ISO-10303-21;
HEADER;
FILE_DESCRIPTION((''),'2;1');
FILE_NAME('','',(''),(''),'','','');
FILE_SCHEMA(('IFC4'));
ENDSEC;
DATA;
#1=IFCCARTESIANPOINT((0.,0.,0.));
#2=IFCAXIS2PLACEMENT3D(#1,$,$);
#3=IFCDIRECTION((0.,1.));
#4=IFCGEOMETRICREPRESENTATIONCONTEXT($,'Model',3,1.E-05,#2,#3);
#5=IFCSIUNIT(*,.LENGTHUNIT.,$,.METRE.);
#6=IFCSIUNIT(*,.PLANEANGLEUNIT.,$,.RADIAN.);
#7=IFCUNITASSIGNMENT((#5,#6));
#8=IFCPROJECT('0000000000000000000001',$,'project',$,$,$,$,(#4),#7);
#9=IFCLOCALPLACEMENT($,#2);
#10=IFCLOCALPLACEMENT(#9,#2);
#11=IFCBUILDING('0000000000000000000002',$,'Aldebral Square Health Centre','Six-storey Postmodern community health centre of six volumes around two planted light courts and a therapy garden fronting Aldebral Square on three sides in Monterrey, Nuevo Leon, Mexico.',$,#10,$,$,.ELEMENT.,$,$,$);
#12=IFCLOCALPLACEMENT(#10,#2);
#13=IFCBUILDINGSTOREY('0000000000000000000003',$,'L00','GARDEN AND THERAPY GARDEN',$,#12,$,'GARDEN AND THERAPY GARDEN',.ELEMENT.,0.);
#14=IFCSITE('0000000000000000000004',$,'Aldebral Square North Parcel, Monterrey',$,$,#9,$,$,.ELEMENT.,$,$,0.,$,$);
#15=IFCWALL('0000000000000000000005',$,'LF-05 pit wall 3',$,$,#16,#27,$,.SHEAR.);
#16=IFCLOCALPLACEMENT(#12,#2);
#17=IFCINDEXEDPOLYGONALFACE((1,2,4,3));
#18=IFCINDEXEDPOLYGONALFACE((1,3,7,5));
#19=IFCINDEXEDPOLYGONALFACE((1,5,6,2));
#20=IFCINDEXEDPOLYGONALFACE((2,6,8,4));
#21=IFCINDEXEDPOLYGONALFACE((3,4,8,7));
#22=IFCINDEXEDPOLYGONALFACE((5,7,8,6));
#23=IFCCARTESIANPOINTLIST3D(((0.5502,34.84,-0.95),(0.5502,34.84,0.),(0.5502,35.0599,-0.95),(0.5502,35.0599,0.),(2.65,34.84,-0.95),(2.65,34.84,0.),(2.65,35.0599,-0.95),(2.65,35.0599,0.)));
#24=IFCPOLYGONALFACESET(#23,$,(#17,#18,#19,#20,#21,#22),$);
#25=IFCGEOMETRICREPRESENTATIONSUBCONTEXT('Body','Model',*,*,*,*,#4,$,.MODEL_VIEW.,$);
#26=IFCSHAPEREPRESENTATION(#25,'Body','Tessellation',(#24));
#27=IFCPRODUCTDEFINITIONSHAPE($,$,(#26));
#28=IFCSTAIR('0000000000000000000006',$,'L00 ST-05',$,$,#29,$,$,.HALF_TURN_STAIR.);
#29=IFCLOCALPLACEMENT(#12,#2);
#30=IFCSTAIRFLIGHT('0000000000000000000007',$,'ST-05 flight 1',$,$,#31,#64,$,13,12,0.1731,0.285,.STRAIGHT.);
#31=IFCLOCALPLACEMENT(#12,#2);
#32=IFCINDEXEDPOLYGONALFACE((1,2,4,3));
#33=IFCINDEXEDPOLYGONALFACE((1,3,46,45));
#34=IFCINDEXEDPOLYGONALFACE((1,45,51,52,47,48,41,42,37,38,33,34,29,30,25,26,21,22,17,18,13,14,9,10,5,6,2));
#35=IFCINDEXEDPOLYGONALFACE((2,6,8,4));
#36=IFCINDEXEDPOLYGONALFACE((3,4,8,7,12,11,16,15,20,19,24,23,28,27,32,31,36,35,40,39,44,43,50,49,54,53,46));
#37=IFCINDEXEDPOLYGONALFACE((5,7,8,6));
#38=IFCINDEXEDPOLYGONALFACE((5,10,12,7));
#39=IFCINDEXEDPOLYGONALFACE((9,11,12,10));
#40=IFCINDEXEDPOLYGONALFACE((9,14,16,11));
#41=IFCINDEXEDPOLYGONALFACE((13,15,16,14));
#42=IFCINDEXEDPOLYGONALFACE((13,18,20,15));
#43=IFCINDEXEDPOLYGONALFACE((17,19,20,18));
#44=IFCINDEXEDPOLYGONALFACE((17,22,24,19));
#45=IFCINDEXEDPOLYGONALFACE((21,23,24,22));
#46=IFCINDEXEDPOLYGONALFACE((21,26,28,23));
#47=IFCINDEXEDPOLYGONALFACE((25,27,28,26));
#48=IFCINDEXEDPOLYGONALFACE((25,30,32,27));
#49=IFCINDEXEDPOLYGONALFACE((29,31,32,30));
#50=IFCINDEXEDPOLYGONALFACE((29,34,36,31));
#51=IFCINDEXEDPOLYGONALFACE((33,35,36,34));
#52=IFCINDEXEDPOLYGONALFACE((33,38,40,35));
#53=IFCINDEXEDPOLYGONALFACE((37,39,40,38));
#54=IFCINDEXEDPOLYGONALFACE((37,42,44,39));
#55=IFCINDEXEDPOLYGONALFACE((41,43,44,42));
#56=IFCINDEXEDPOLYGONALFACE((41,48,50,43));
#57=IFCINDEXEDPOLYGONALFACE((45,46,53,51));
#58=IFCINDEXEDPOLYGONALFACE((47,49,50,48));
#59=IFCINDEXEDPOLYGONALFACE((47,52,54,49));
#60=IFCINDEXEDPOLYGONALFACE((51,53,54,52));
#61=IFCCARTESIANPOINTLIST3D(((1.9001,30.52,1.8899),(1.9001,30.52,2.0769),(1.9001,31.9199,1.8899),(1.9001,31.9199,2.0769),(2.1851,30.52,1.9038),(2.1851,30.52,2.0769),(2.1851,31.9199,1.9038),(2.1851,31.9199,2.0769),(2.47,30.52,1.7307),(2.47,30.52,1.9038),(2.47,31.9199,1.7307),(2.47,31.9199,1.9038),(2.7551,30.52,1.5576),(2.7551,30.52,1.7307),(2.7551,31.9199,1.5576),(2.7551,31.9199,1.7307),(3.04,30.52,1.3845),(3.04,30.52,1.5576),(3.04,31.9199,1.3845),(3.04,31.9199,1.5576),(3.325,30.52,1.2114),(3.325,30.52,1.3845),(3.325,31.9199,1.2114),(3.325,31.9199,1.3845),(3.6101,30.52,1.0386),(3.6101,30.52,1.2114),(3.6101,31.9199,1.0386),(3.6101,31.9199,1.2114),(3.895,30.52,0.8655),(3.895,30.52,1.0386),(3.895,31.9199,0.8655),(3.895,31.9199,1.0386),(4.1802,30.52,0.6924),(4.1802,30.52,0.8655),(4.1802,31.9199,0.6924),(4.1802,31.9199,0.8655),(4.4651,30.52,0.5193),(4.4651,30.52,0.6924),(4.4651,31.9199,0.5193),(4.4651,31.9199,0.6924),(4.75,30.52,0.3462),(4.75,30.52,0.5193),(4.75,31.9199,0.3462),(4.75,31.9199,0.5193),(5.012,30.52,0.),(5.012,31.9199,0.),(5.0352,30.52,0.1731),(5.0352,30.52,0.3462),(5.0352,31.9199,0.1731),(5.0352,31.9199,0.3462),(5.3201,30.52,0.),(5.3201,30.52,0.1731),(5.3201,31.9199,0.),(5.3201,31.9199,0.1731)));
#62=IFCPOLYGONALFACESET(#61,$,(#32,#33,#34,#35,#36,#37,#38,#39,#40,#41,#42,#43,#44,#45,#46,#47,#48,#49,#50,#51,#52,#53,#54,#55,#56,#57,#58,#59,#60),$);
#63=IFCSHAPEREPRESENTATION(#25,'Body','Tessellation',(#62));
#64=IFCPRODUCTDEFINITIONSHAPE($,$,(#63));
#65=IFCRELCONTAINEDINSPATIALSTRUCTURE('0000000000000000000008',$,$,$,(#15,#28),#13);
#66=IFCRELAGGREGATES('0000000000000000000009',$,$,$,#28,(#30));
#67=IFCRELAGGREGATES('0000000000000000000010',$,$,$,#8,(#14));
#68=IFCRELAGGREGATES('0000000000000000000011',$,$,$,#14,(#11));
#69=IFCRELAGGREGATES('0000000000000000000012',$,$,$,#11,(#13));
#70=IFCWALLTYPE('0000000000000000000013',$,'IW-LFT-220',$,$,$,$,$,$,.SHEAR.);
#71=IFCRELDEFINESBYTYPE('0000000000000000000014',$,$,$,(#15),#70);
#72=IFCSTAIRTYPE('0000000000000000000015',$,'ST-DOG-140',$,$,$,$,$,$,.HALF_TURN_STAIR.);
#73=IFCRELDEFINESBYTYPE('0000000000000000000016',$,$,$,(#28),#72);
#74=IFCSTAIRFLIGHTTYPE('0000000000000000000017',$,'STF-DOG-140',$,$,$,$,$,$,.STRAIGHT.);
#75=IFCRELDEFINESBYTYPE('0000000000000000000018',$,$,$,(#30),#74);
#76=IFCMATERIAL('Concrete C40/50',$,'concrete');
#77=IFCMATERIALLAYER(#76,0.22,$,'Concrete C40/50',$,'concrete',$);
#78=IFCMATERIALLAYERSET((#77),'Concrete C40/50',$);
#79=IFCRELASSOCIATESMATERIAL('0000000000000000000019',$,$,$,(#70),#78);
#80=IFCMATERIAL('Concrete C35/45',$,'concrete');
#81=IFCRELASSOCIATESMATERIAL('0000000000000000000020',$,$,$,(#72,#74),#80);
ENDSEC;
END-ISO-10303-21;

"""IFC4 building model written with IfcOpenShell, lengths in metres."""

from ifc_helpers import new_model, si_unit, direction, frame, frame_2d, origin, place, context, subcontext, project, spatial, polyline, rectangle, outline, extrude, material, layer, layer_set, type_object, element, aggregate, save


model = new_model("IFC4")

# Units and contexts
model_context = context("Model", 3, precision=1e-05, world=origin(), true_north=direction((0.0, 1.0)))
body_context = subcontext(model_context, "Body", "Model", "MODEL_VIEW")
ifc_project = project(units=[si_unit("LENGTHUNIT", "METRE"), si_unit("PLANEANGLEUNIT", "RADIAN")], contexts=[model_context])

# Site, building, storey
site_placement = place(None, origin())
site = spatial("IfcSite", under=ifc_project, at=site_placement, Name="Aldebral Square North Parcel, Monterrey", CompositionType="ELEMENT", RefElevation=0.0)
building_placement = place(site_placement, origin())
building = spatial("IfcBuilding", under=site, at=building_placement, Name="Aldebral Square Health Centre", Description="Six-storey Postmodern community health centre of six volumes around two planted light courts and a therapy garden fronting Aldebral Square on three sides in Monterrey, Nuevo Leon, Mexico.", CompositionType="ELEMENT")
storey_placement = place(building_placement, origin())
storey = spatial("IfcBuildingStorey", under=building, at=storey_placement, Name="L00", Description="GARDEN AND THERAPY GARDEN", LongName="GARDEN AND THERAPY GARDEN", CompositionType="ELEMENT", Elevation=0.0)

# Shared definitions
ifc_material_1 = material(Name="Concrete C35/45", Category="concrete")

# Shared definitions
ifc_material_2 = material(Name="Concrete C40/50", Category="concrete")

# Wall
ifc_layer_1 = layer(ifc_material_2, 0.22, Name="Concrete C40/50", Category="concrete")
ifc_layer_set_1 = layer_set([ifc_layer_1], Name="Concrete C40/50")
wall_type_1 = type_object("IfcWallType", Name="IW-LFT-220", PredefinedType="SHEAR", material=ifc_layer_set_1)
wall_1_placement = place(storey_placement, frame((2.6499, 34.95, -0.95), z_axis=(0.0, 0.0, 1.0), x_axis=(-1.0, 0.0, 0.0)))
element("IfcWall", 1, at=wall_1_placement, inside=storey, type_object=wall_type_1, Name="LF-05 pit wall 3", PredefinedType="SHEAR", context=body_context, shape_type="SweptSolid", body=[
    extrude(rectangle(XDim=2.0999, YDim=0.22, at=frame_2d((1.0498, 0.0))), origin(), (0.0, 0.0, 1.0), 0.95),
])

# Stair, stair flight
stair_type = type_object("IfcStairType", Name="ST-DOG-140", PredefinedType="HALF_TURN_STAIR", material=ifc_material_1)
stair_placement = place(storey_placement, origin())
stair = element("IfcStair", 2, at=stair_placement, inside=storey, type_object=stair_type, Name="L00 ST-05", PredefinedType="HALF_TURN_STAIR")
stair_flight_type = type_object("IfcStairFlightType", Name="STF-DOG-140", PredefinedType="STRAIGHT", material=ifc_material_1)
stair_flight_placement = place(storey_placement, frame((5.3201, 31.22, 0.0), z_axis=(0.0, 0.0, 1.0), x_axis=(-1.0, 0.0, 0.0)))
stair_flight = element("IfcStairFlight", 3, at=stair_flight_placement, type_object=stair_flight_type, Name="ST-05 flight 1", NumberOfRisers=13, NumberOfTreads=12, PredefinedType="STRAIGHT", RiserHeight=0.1731, TreadLength=0.285, context=body_context, shape_type="SweptSolid", body=[
    extrude(outline(polyline([(0.0, 0.0), (0.0, 0.1731), (0.2849, 0.1731), (0.2849, 0.3462), (0.5701, 0.3462), (0.5701, 0.5193), (0.855, 0.5193), (0.855, 0.6924), (1.1399, 0.6924), (1.1399, 0.8655), (1.425, 0.8655), (1.425, 1.0386), (1.71, 1.0386), (1.71, 1.2114), (1.9951, 1.2114), (1.9951, 1.3845), (2.28, 1.3845), (2.28, 1.5576), (2.5649, 1.5576), (2.5649, 1.7307), (2.8501, 1.7307), (2.8501, 1.9038), (3.135, 1.9038), (3.135, 2.0769), (3.4199, 2.0769), (3.4199, 2.25), (3.4199, 1.8899), (0.3081, 0.0), (0.0, 0.0)])), frame((0.0, 0.7, 0.0), z_axis=(0.0, -1.0, 0.0), x_axis=(1.0, 0.0, 0.0)), (0.0, 0.0, 1.0), 1.3999),
])
aggregate(stair, [stair_flight])

save(model, "model.ifc")
